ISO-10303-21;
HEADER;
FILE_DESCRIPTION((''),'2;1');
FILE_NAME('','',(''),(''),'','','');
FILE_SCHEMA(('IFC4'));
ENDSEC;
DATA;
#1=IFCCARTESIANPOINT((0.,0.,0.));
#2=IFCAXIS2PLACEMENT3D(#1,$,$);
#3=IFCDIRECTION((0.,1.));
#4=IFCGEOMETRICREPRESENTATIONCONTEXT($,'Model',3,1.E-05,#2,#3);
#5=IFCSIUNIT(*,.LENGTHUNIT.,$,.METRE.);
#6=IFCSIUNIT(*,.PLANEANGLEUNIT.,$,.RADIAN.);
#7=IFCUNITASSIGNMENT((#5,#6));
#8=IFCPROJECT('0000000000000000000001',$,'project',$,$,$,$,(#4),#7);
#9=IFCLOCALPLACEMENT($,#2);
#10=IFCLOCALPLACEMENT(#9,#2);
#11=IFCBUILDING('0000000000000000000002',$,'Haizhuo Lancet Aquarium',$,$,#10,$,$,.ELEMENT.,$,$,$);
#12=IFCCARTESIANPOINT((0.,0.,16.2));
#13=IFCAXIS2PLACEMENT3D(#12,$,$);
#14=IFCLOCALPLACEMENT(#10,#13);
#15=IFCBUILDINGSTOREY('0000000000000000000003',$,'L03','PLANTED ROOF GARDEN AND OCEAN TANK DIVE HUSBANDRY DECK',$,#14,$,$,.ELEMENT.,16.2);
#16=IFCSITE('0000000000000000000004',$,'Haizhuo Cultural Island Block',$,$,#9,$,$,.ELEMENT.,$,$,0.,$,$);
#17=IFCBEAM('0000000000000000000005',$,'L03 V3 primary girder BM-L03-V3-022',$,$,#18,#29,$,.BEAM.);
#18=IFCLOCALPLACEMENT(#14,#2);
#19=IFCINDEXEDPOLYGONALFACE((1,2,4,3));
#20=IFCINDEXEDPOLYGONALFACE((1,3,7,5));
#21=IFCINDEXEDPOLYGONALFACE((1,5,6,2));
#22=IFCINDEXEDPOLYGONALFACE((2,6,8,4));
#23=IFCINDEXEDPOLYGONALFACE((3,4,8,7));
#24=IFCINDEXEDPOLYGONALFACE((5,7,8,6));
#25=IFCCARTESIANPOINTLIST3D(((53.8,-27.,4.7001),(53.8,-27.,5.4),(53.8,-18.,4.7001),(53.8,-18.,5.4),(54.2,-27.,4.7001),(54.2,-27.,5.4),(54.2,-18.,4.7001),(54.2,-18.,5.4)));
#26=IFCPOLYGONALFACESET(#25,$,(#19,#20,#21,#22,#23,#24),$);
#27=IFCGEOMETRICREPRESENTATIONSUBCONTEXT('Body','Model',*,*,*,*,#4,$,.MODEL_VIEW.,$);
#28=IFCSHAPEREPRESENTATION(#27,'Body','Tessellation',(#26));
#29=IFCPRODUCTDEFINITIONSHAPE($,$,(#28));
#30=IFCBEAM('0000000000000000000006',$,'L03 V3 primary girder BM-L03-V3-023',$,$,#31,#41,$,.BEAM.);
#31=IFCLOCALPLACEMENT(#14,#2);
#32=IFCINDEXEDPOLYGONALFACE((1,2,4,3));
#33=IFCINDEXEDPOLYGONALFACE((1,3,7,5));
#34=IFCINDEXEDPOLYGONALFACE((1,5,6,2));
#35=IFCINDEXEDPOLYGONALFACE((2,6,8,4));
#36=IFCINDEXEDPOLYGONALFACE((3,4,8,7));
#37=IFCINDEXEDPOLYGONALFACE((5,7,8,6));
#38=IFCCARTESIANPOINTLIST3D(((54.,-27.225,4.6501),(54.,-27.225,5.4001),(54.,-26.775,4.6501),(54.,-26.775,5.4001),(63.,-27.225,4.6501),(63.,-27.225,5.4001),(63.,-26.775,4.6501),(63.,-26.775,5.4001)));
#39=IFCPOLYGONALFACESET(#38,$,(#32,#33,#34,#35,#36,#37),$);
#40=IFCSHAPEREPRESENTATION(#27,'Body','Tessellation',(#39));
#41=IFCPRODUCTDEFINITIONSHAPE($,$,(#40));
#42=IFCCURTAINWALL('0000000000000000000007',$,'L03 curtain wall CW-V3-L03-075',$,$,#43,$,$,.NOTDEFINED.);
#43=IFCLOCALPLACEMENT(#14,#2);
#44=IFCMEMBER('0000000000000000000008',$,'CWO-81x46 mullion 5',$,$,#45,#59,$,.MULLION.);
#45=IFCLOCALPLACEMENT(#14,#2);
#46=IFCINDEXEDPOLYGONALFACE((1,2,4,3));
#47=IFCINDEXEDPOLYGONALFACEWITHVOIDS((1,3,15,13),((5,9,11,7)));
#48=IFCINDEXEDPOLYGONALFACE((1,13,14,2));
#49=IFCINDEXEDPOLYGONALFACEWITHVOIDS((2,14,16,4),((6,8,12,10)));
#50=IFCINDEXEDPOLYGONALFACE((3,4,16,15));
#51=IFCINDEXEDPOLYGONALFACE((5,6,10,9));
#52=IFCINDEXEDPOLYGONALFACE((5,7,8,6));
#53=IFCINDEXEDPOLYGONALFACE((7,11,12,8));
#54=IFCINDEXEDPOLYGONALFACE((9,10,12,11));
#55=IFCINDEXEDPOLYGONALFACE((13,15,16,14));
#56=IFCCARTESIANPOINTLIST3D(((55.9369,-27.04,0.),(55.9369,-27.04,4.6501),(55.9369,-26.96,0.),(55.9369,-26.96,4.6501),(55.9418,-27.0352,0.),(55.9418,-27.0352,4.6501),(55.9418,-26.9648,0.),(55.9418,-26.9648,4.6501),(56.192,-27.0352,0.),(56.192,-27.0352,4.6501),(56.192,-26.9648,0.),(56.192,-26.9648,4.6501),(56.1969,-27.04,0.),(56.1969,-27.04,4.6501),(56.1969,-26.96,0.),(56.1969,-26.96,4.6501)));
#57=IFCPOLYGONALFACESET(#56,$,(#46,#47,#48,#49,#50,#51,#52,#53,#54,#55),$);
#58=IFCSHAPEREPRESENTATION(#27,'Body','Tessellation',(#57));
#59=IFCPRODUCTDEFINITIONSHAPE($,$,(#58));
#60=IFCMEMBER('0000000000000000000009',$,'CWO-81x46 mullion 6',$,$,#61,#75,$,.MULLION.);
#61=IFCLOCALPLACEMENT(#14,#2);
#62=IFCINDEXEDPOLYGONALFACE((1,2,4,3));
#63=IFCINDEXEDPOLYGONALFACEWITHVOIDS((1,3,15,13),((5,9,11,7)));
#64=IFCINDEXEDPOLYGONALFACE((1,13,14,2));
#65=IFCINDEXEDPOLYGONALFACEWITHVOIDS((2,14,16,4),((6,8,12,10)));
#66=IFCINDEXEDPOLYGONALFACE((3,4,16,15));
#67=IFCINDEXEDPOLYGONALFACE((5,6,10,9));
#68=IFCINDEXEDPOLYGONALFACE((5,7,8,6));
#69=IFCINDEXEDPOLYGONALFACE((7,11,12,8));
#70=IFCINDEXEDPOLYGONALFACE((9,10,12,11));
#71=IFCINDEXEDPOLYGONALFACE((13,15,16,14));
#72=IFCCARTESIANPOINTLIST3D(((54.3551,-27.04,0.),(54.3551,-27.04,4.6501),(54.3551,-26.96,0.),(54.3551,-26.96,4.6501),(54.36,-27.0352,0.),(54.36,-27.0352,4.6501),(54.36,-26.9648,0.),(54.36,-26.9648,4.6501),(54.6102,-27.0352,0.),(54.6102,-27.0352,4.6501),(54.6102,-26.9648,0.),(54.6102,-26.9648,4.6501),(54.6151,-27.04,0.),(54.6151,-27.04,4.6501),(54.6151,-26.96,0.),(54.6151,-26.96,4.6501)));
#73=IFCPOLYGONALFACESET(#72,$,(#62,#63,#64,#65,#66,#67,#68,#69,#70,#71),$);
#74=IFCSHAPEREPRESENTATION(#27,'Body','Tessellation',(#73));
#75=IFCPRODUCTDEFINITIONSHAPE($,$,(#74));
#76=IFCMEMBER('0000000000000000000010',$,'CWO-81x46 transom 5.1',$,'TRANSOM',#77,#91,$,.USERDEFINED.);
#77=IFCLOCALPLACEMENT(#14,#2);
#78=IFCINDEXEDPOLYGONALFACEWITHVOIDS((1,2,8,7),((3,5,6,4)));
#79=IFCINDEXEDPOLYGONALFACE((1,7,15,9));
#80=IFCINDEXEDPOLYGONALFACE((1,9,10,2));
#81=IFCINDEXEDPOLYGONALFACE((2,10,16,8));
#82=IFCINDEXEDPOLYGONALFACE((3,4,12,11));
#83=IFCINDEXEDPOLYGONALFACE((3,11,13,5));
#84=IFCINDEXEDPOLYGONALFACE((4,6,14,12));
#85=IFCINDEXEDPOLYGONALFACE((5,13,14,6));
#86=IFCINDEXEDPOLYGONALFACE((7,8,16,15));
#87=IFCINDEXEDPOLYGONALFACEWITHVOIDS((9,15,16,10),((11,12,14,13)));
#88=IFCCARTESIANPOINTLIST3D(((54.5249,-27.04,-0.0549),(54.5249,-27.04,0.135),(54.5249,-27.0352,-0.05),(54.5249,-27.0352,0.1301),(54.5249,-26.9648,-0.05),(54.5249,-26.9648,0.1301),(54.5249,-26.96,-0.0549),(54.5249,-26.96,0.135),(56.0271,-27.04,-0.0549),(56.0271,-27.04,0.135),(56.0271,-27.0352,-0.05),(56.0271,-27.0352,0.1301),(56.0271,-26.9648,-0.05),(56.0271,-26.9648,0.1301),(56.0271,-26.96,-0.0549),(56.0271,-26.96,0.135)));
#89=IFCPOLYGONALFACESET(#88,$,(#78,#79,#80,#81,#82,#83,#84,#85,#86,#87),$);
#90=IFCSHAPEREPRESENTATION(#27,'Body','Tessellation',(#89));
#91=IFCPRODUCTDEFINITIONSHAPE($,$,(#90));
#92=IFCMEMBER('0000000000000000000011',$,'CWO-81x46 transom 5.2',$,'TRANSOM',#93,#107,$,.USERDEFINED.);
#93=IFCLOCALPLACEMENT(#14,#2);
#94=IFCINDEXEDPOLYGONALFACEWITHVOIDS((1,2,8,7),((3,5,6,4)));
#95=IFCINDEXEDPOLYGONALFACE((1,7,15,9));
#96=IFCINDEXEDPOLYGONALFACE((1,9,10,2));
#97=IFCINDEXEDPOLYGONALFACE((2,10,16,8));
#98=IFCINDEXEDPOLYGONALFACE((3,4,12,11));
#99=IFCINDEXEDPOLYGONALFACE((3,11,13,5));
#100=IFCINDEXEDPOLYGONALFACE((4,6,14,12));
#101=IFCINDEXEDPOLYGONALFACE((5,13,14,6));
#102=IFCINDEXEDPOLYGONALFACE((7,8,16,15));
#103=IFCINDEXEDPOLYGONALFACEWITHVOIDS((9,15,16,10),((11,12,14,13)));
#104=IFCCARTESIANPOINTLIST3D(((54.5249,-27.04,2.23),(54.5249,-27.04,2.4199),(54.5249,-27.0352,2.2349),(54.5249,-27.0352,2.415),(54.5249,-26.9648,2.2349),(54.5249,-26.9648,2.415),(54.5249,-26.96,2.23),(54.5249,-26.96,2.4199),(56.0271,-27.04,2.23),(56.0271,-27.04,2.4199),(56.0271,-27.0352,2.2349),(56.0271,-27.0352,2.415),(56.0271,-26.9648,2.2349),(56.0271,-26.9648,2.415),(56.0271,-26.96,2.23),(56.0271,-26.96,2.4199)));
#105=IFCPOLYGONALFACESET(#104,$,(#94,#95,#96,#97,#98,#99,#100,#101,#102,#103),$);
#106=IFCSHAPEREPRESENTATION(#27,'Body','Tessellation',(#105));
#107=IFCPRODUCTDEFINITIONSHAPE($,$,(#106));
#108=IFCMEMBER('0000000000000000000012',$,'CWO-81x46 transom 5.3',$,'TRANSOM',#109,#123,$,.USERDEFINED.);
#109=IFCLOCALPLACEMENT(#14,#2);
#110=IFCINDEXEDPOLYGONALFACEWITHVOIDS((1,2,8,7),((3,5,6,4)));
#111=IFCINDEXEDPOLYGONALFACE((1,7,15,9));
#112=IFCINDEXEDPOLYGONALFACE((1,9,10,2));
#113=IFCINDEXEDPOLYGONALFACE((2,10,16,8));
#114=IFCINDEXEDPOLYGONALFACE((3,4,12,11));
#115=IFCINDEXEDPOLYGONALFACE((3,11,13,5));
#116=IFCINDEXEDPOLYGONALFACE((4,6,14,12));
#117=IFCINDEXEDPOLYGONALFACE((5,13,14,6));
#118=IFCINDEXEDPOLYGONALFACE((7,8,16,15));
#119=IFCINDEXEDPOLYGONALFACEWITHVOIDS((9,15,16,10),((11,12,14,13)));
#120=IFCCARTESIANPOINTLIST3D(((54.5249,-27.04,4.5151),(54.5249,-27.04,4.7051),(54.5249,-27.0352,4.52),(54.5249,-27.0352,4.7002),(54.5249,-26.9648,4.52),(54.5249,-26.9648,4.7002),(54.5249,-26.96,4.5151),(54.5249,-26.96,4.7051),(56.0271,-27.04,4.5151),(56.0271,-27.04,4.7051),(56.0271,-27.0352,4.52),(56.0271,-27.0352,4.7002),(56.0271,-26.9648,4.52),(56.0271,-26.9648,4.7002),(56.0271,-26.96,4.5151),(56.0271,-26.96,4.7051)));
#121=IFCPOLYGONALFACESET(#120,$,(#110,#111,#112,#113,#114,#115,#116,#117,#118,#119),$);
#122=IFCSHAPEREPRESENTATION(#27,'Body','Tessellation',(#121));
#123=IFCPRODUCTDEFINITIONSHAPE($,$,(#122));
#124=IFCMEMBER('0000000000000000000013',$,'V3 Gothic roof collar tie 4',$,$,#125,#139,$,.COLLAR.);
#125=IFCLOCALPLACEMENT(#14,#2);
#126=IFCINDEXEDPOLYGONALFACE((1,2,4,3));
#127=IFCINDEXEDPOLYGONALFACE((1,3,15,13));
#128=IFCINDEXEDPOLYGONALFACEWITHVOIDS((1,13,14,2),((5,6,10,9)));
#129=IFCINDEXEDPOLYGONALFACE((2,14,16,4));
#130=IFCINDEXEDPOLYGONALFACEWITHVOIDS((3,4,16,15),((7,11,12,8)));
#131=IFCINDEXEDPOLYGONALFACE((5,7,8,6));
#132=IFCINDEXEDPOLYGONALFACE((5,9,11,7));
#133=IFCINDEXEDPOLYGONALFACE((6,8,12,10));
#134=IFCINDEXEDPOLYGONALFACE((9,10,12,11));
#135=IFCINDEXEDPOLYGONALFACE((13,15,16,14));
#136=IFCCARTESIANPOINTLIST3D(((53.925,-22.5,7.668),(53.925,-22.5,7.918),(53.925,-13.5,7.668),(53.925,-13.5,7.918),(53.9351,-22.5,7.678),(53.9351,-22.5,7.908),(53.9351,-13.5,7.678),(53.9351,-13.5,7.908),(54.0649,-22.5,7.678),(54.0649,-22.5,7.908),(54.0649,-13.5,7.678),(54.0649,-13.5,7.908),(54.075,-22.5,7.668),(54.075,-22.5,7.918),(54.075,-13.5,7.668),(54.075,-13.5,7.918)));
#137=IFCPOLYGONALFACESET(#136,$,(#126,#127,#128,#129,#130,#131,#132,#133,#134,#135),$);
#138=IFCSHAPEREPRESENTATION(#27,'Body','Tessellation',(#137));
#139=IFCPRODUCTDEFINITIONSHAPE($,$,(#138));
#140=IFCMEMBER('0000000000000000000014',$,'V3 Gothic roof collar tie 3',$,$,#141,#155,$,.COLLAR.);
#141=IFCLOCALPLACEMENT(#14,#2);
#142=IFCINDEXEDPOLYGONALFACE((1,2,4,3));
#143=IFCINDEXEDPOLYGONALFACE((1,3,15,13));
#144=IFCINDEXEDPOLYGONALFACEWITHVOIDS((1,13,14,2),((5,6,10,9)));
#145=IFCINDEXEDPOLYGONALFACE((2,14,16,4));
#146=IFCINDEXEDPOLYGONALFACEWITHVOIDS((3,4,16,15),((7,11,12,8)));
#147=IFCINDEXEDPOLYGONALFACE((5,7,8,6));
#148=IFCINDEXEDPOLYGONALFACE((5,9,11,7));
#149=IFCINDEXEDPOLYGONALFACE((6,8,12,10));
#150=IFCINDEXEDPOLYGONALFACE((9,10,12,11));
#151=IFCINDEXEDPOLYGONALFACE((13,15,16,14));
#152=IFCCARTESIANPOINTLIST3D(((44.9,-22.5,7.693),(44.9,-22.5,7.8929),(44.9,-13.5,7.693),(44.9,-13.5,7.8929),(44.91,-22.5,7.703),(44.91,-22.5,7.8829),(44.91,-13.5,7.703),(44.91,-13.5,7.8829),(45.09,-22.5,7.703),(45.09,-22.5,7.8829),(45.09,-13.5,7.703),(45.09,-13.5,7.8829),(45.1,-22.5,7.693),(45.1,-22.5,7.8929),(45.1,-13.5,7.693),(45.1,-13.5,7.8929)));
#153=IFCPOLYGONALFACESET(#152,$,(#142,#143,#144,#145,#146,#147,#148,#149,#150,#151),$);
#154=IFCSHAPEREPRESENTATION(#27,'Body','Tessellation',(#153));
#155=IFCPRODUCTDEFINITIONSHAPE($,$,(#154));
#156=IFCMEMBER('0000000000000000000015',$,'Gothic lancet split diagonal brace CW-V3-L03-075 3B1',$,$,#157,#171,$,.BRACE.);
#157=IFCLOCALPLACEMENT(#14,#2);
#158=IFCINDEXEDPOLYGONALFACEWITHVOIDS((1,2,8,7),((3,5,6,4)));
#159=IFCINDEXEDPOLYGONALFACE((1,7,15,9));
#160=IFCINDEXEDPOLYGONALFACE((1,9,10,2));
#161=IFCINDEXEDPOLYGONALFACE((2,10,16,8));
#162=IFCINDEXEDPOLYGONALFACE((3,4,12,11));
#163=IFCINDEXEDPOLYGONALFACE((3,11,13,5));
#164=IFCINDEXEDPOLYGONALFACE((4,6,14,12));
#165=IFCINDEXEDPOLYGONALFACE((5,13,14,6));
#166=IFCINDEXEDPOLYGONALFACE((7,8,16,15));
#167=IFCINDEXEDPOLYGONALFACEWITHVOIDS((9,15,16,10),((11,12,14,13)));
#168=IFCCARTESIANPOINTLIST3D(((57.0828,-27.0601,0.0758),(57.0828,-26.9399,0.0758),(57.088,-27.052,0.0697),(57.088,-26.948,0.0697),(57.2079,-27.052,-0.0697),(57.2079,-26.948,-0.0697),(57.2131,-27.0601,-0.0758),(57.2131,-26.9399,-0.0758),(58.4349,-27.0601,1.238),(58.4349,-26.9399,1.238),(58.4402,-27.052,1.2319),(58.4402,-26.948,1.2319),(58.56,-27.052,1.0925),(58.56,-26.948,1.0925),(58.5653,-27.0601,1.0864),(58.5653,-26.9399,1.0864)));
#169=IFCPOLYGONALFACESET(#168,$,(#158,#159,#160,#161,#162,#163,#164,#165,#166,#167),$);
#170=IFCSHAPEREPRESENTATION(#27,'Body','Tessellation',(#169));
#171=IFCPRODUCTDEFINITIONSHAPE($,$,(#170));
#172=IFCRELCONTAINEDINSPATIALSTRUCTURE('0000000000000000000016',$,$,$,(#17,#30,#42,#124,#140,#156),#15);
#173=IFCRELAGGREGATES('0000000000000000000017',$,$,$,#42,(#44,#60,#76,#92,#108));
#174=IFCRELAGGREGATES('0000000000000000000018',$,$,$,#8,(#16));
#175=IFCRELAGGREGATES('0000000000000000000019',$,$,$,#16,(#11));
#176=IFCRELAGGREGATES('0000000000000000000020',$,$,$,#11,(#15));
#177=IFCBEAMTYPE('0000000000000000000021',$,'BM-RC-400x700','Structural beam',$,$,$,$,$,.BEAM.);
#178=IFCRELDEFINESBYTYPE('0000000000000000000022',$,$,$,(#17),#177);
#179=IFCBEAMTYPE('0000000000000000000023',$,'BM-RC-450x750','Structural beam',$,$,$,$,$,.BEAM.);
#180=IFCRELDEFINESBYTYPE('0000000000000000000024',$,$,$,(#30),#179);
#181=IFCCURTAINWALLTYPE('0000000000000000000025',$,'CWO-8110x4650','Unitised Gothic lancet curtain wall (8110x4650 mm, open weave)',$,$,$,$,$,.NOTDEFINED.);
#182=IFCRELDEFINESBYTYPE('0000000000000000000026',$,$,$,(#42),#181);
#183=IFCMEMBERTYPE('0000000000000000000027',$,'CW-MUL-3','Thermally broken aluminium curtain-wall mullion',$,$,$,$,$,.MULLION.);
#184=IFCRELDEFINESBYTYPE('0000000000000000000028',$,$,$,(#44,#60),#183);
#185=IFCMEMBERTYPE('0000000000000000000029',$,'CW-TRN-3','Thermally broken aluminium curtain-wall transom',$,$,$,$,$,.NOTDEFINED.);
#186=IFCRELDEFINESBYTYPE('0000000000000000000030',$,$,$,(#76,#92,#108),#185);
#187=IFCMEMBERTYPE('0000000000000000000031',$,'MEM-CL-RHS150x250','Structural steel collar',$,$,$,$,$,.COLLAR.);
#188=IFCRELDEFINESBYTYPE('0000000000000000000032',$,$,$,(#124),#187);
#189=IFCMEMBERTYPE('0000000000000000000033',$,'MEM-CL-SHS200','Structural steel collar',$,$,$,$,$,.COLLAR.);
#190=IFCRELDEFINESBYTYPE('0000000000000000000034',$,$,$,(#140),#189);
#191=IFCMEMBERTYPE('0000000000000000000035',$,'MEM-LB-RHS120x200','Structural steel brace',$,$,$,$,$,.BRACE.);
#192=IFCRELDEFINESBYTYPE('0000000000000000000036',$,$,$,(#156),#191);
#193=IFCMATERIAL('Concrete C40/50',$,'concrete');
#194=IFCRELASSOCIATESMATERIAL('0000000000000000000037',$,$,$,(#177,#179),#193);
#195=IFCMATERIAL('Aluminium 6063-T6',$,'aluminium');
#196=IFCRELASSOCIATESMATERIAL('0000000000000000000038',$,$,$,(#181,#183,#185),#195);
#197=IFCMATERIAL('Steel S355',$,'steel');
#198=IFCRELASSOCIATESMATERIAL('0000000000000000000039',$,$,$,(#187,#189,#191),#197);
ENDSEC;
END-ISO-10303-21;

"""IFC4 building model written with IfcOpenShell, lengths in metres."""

from ifc_helpers import new_model, si_unit, direction, frame, origin, origin_2d, place, context, subcontext, project, spatial, rectangle, hollow_rectangle, extrude, material, material_profile, profile_set, type_object, element, aggregate, save


model = new_model("IFC4")

# Units and contexts
model_context = context("Model", 3, precision=1e-05, world=origin(), true_north=direction((0.0, 1.0)))
body_context = subcontext(model_context, "Body", "Model", "MODEL_VIEW")
ifc_project = project(units=[si_unit("LENGTHUNIT", "METRE"), si_unit("PLANEANGLEUNIT", "RADIAN")], contexts=[model_context])

# Site, building, storey
site_placement = place(None, origin())
site = spatial("IfcSite", under=ifc_project, at=site_placement, Name="Haizhuo Cultural Island Block", CompositionType="ELEMENT", RefElevation=0.0)
building_placement = place(site_placement, origin())
building = spatial("IfcBuilding", under=site, at=building_placement, Name="Haizhuo Lancet Aquarium", CompositionType="ELEMENT")
storey_placement = place(building_placement, frame((0.0, 0.0, 16.2)))
storey = spatial("IfcBuildingStorey", under=building, at=storey_placement, Name="L03", Description="PLANTED ROOF GARDEN AND OCEAN TANK DIVE HUSBANDRY DECK", CompositionType="ELEMENT", Elevation=16.2)

# Beams
ifc_material_1 = material(Name="Concrete C40/50", Category="concrete")
ifc_material_profile_1 = material_profile(ifc_material_1, rectangle(XDim=0.3999, YDim=0.7, at=origin_2d()), Name="RC-BM 400x700")
ifc_profile_set_1 = profile_set([ifc_material_profile_1], Name="Concrete C40/50")
beam_type_1 = type_object("IfcBeamType", Name="BM-RC-400x700", Description="Structural beam", PredefinedType="BEAM", material=ifc_profile_set_1)
beam_1_placement = place(storey_placement, frame((54.0, -27.0, 5.05), z_axis=(0.0, 1.0, 0.0), x_axis=(-1.0, 0.0, 0.0)))
element("IfcBeam", 1, at=beam_1_placement, inside=storey, type_object=beam_type_1, Name="L03 V3 primary girder BM-L03-V3-022", PredefinedType="BEAM", context=body_context, shape_type="SweptSolid", body=[
    extrude(rectangle(XDim=0.3999, YDim=0.7, at=origin_2d()), origin(), (0.0, 0.0, 1.0), 9.0),
])
ifc_material_profile_2 = material_profile(ifc_material_1, rectangle(XDim=0.45, YDim=0.75, at=origin_2d()), Name="RC-BM 450x750")
ifc_profile_set_2 = profile_set([ifc_material_profile_2], Name="Concrete C40/50")
beam_type_2 = type_object("IfcBeamType", Name="BM-RC-450x750", Description="Structural beam", PredefinedType="BEAM", material=ifc_profile_set_2)
beam_2_placement = place(storey_placement, frame((54.0, -27.0, 5.0251), z_axis=(1.0, 0.0, 0.0), x_axis=(0.0, 1.0, 0.0)))
element("IfcBeam", 2, at=beam_2_placement, inside=storey, type_object=beam_type_2, Name="L03 V3 primary girder BM-L03-V3-023", PredefinedType="BEAM", context=body_context, shape_type="SweptSolid", body=[
    extrude(rectangle(XDim=0.45, YDim=0.75, at=origin_2d()), origin(), (0.0, 0.0, 1.0), 9.0),
])

# Curtain wall, members
ifc_material_2 = material(Name="Aluminium 6063-T6", Category="aluminium")
curtain_wall_type = type_object("IfcCurtainWallType", Name="CWO-8110x4650", Description="Unitised Gothic lancet curtain wall (8110x4650 mm, open weave)", PredefinedType="NOTDEFINED", material=ifc_material_2)
curtain_wall_placement = place(storey_placement, origin())
curtain_wall = element("IfcCurtainWall", 3, at=curtain_wall_placement, inside=storey, type_object=curtain_wall_type, Name="L03 curtain wall CW-V3-L03-075", PredefinedType="NOTDEFINED")
ifc_material_profile_3 = material_profile(ifc_material_2, hollow_rectangle(XDim=0.0801, YDim=0.26, WallThickness=0.0049, at=origin_2d()), Name="ALU-M 80x260x5")
ifc_profile_set_3 = profile_set([ifc_material_profile_3], Name="Aluminium 6063-T6")
member_type_1 = type_object("IfcMemberType", Name="CW-MUL-3", Description="Thermally broken aluminium curtain-wall mullion", PredefinedType="MULLION", material=ifc_profile_set_3)
member_1_placement = place(storey_placement, frame((56.0669, -27.0, 0.0), z_axis=(0.0, 0.0, 1.0), x_axis=(0.0, -1.0, 0.0)))
member_1 = element("IfcMember", 4, at=member_1_placement, type_object=member_type_1, Name="CWO-81x46 mullion 5", PredefinedType="MULLION", context=body_context, shape_type="SweptSolid", body=[
    extrude(hollow_rectangle(XDim=0.0801, YDim=0.26, WallThickness=0.0049, at=origin_2d()), origin(), (0.0, 0.0, 1.0), 4.6501),
])
member_2_placement = place(storey_placement, frame((54.4851, -27.0, 0.0), z_axis=(0.0, 0.0, 1.0), x_axis=(0.0, -1.0, 0.0)))
member_2 = element("IfcMember", 5, at=member_2_placement, type_object=member_type_1, Name="CWO-81x46 mullion 6", PredefinedType="MULLION", context=body_context, shape_type="SweptSolid", body=[
    extrude(hollow_rectangle(XDim=0.0801, YDim=0.26, WallThickness=0.0049, at=origin_2d()), origin(), (0.0, 0.0, 1.0), 4.6501),
])
ifc_material_profile_4 = material_profile(ifc_material_2, hollow_rectangle(XDim=0.0801, YDim=0.1899, WallThickness=0.0049, at=origin_2d()), Name="ALU-T 80x190x5")
ifc_profile_set_4 = profile_set([ifc_material_profile_4], Name="Aluminium 6063-T6")
member_type_2 = type_object("IfcMemberType", Name="CW-TRN-3", Description="Thermally broken aluminium curtain-wall transom", PredefinedType="NOTDEFINED", material=ifc_profile_set_4)
member_3_placement = place(storey_placement, frame((56.0271, -27.0, 0.04), z_axis=(-1.0, 0.0, 0.0), x_axis=(0.0, -1.0, 0.0)))
member_3 = element("IfcMember", 6, at=member_3_placement, type_object=member_type_2, Name="CWO-81x46 transom 5.1", ObjectType="TRANSOM", PredefinedType="USERDEFINED", context=body_context, shape_type="SweptSolid", body=[
    extrude(hollow_rectangle(XDim=0.0801, YDim=0.1899, WallThickness=0.0049, at=origin_2d()), origin(), (0.0, 0.0, 1.0), 1.5022),
])
member_4_placement = place(storey_placement, frame((56.0271, -27.0, 2.325), z_axis=(-1.0, 0.0, 0.0), x_axis=(0.0, -1.0, 0.0)))
member_4 = element("IfcMember", 7, at=member_4_placement, type_object=member_type_2, Name="CWO-81x46 transom 5.2", ObjectType="TRANSOM", PredefinedType="USERDEFINED", context=body_context, shape_type="SweptSolid", body=[
    extrude(hollow_rectangle(XDim=0.0801, YDim=0.1899, WallThickness=0.0049, at=origin_2d()), origin(), (0.0, 0.0, 1.0), 1.5022),
])
member_5_placement = place(storey_placement, frame((56.0271, -27.0, 4.6101), z_axis=(-1.0, 0.0, 0.0), x_axis=(0.0, -1.0, 0.0)))
member_5 = element("IfcMember", 8, at=member_5_placement, type_object=member_type_2, Name="CWO-81x46 transom 5.3", ObjectType="TRANSOM", PredefinedType="USERDEFINED", context=body_context, shape_type="SweptSolid", body=[
    extrude(hollow_rectangle(XDim=0.0801, YDim=0.1899, WallThickness=0.0049, at=origin_2d()), origin(), (0.0, 0.0, 1.0), 1.5022),
])

# Members
ifc_material_3 = material(Name="Steel S355", Category="steel")
ifc_material_profile_5 = material_profile(ifc_material_3, hollow_rectangle(XDim=0.1499, YDim=0.25, WallThickness=0.01, at=origin_2d()), Name="RHS 150x250x10")
ifc_profile_set_5 = profile_set([ifc_material_profile_5], Name="Steel S355")
member_type_3 = type_object("IfcMemberType", Name="MEM-CL-RHS150x250", Description="Structural steel collar", PredefinedType="COLLAR", material=ifc_profile_set_5)
member_6_placement = place(storey_placement, frame((54.0, -22.5, 7.793), z_axis=(0.0, 1.0, 0.0), x_axis=(-1.0, 0.0, 0.0)))
element("IfcMember", 9, at=member_6_placement, inside=storey, type_object=member_type_3, Name="V3 Gothic roof collar tie 4", PredefinedType="COLLAR", context=body_context, shape_type="SweptSolid", body=[
    extrude(hollow_rectangle(XDim=0.1499, YDim=0.25, WallThickness=0.01, at=origin_2d()), origin(), (0.0, 0.0, 1.0), 9.0),
])
ifc_material_profile_6 = material_profile(ifc_material_3, hollow_rectangle(XDim=0.2, YDim=0.2, WallThickness=0.01, at=origin_2d()), Name="SHS 200x200x10")
ifc_profile_set_6 = profile_set([ifc_material_profile_6], Name="Steel S355")
member_type_4 = type_object("IfcMemberType", Name="MEM-CL-SHS200", Description="Structural steel collar", PredefinedType="COLLAR", material=ifc_profile_set_6)
member_7_placement = place(storey_placement, frame((45.0, -22.5, 7.793), z_axis=(0.0, 1.0, 0.0), x_axis=(-1.0, 0.0, 0.0)))
element("IfcMember", 10, at=member_7_placement, inside=storey, type_object=member_type_4, Name="V3 Gothic roof collar tie 3", PredefinedType="COLLAR", context=body_context, shape_type="SweptSolid", body=[
    extrude(hollow_rectangle(XDim=0.2, YDim=0.2, WallThickness=0.01, at=origin_2d()), origin(), (0.0, 0.0, 1.0), 9.0),
])
ifc_material_profile_7 = material_profile(ifc_material_3, hollow_rectangle(XDim=0.1201, YDim=0.2, WallThickness=0.0081, at=origin_2d()), Name="RHS 120x200x8")
ifc_profile_set_7 = profile_set([ifc_material_profile_7], Name="Steel S355")
member_type_5 = type_object("IfcMemberType", Name="MEM-LB-RHS120x200", Description="Structural steel brace", PredefinedType="BRACE", material=ifc_profile_set_7)
member_8_placement = place(storey_placement, frame((57.1479, -27.0, 0.0), z_axis=(0.758367, 0.0, 0.651828), x_axis=(0.0, 1.0, 0.0)))
element("IfcMember", 11, at=member_8_placement, inside=storey, type_object=member_type_5, Name="Gothic lancet split diagonal brace CW-V3-L03-075 3B1", PredefinedType="BRACE", context=body_context, shape_type="SweptSolid", body=[
    extrude(hollow_rectangle(XDim=0.1201, YDim=0.2, WallThickness=0.0081, at=origin_2d()), origin(), (0.0, 0.0, 1.0), 1.783),
])

aggregate(curtain_wall, [member_1, member_2, member_3, member_4, member_5])

save(model, "model.ifc")
